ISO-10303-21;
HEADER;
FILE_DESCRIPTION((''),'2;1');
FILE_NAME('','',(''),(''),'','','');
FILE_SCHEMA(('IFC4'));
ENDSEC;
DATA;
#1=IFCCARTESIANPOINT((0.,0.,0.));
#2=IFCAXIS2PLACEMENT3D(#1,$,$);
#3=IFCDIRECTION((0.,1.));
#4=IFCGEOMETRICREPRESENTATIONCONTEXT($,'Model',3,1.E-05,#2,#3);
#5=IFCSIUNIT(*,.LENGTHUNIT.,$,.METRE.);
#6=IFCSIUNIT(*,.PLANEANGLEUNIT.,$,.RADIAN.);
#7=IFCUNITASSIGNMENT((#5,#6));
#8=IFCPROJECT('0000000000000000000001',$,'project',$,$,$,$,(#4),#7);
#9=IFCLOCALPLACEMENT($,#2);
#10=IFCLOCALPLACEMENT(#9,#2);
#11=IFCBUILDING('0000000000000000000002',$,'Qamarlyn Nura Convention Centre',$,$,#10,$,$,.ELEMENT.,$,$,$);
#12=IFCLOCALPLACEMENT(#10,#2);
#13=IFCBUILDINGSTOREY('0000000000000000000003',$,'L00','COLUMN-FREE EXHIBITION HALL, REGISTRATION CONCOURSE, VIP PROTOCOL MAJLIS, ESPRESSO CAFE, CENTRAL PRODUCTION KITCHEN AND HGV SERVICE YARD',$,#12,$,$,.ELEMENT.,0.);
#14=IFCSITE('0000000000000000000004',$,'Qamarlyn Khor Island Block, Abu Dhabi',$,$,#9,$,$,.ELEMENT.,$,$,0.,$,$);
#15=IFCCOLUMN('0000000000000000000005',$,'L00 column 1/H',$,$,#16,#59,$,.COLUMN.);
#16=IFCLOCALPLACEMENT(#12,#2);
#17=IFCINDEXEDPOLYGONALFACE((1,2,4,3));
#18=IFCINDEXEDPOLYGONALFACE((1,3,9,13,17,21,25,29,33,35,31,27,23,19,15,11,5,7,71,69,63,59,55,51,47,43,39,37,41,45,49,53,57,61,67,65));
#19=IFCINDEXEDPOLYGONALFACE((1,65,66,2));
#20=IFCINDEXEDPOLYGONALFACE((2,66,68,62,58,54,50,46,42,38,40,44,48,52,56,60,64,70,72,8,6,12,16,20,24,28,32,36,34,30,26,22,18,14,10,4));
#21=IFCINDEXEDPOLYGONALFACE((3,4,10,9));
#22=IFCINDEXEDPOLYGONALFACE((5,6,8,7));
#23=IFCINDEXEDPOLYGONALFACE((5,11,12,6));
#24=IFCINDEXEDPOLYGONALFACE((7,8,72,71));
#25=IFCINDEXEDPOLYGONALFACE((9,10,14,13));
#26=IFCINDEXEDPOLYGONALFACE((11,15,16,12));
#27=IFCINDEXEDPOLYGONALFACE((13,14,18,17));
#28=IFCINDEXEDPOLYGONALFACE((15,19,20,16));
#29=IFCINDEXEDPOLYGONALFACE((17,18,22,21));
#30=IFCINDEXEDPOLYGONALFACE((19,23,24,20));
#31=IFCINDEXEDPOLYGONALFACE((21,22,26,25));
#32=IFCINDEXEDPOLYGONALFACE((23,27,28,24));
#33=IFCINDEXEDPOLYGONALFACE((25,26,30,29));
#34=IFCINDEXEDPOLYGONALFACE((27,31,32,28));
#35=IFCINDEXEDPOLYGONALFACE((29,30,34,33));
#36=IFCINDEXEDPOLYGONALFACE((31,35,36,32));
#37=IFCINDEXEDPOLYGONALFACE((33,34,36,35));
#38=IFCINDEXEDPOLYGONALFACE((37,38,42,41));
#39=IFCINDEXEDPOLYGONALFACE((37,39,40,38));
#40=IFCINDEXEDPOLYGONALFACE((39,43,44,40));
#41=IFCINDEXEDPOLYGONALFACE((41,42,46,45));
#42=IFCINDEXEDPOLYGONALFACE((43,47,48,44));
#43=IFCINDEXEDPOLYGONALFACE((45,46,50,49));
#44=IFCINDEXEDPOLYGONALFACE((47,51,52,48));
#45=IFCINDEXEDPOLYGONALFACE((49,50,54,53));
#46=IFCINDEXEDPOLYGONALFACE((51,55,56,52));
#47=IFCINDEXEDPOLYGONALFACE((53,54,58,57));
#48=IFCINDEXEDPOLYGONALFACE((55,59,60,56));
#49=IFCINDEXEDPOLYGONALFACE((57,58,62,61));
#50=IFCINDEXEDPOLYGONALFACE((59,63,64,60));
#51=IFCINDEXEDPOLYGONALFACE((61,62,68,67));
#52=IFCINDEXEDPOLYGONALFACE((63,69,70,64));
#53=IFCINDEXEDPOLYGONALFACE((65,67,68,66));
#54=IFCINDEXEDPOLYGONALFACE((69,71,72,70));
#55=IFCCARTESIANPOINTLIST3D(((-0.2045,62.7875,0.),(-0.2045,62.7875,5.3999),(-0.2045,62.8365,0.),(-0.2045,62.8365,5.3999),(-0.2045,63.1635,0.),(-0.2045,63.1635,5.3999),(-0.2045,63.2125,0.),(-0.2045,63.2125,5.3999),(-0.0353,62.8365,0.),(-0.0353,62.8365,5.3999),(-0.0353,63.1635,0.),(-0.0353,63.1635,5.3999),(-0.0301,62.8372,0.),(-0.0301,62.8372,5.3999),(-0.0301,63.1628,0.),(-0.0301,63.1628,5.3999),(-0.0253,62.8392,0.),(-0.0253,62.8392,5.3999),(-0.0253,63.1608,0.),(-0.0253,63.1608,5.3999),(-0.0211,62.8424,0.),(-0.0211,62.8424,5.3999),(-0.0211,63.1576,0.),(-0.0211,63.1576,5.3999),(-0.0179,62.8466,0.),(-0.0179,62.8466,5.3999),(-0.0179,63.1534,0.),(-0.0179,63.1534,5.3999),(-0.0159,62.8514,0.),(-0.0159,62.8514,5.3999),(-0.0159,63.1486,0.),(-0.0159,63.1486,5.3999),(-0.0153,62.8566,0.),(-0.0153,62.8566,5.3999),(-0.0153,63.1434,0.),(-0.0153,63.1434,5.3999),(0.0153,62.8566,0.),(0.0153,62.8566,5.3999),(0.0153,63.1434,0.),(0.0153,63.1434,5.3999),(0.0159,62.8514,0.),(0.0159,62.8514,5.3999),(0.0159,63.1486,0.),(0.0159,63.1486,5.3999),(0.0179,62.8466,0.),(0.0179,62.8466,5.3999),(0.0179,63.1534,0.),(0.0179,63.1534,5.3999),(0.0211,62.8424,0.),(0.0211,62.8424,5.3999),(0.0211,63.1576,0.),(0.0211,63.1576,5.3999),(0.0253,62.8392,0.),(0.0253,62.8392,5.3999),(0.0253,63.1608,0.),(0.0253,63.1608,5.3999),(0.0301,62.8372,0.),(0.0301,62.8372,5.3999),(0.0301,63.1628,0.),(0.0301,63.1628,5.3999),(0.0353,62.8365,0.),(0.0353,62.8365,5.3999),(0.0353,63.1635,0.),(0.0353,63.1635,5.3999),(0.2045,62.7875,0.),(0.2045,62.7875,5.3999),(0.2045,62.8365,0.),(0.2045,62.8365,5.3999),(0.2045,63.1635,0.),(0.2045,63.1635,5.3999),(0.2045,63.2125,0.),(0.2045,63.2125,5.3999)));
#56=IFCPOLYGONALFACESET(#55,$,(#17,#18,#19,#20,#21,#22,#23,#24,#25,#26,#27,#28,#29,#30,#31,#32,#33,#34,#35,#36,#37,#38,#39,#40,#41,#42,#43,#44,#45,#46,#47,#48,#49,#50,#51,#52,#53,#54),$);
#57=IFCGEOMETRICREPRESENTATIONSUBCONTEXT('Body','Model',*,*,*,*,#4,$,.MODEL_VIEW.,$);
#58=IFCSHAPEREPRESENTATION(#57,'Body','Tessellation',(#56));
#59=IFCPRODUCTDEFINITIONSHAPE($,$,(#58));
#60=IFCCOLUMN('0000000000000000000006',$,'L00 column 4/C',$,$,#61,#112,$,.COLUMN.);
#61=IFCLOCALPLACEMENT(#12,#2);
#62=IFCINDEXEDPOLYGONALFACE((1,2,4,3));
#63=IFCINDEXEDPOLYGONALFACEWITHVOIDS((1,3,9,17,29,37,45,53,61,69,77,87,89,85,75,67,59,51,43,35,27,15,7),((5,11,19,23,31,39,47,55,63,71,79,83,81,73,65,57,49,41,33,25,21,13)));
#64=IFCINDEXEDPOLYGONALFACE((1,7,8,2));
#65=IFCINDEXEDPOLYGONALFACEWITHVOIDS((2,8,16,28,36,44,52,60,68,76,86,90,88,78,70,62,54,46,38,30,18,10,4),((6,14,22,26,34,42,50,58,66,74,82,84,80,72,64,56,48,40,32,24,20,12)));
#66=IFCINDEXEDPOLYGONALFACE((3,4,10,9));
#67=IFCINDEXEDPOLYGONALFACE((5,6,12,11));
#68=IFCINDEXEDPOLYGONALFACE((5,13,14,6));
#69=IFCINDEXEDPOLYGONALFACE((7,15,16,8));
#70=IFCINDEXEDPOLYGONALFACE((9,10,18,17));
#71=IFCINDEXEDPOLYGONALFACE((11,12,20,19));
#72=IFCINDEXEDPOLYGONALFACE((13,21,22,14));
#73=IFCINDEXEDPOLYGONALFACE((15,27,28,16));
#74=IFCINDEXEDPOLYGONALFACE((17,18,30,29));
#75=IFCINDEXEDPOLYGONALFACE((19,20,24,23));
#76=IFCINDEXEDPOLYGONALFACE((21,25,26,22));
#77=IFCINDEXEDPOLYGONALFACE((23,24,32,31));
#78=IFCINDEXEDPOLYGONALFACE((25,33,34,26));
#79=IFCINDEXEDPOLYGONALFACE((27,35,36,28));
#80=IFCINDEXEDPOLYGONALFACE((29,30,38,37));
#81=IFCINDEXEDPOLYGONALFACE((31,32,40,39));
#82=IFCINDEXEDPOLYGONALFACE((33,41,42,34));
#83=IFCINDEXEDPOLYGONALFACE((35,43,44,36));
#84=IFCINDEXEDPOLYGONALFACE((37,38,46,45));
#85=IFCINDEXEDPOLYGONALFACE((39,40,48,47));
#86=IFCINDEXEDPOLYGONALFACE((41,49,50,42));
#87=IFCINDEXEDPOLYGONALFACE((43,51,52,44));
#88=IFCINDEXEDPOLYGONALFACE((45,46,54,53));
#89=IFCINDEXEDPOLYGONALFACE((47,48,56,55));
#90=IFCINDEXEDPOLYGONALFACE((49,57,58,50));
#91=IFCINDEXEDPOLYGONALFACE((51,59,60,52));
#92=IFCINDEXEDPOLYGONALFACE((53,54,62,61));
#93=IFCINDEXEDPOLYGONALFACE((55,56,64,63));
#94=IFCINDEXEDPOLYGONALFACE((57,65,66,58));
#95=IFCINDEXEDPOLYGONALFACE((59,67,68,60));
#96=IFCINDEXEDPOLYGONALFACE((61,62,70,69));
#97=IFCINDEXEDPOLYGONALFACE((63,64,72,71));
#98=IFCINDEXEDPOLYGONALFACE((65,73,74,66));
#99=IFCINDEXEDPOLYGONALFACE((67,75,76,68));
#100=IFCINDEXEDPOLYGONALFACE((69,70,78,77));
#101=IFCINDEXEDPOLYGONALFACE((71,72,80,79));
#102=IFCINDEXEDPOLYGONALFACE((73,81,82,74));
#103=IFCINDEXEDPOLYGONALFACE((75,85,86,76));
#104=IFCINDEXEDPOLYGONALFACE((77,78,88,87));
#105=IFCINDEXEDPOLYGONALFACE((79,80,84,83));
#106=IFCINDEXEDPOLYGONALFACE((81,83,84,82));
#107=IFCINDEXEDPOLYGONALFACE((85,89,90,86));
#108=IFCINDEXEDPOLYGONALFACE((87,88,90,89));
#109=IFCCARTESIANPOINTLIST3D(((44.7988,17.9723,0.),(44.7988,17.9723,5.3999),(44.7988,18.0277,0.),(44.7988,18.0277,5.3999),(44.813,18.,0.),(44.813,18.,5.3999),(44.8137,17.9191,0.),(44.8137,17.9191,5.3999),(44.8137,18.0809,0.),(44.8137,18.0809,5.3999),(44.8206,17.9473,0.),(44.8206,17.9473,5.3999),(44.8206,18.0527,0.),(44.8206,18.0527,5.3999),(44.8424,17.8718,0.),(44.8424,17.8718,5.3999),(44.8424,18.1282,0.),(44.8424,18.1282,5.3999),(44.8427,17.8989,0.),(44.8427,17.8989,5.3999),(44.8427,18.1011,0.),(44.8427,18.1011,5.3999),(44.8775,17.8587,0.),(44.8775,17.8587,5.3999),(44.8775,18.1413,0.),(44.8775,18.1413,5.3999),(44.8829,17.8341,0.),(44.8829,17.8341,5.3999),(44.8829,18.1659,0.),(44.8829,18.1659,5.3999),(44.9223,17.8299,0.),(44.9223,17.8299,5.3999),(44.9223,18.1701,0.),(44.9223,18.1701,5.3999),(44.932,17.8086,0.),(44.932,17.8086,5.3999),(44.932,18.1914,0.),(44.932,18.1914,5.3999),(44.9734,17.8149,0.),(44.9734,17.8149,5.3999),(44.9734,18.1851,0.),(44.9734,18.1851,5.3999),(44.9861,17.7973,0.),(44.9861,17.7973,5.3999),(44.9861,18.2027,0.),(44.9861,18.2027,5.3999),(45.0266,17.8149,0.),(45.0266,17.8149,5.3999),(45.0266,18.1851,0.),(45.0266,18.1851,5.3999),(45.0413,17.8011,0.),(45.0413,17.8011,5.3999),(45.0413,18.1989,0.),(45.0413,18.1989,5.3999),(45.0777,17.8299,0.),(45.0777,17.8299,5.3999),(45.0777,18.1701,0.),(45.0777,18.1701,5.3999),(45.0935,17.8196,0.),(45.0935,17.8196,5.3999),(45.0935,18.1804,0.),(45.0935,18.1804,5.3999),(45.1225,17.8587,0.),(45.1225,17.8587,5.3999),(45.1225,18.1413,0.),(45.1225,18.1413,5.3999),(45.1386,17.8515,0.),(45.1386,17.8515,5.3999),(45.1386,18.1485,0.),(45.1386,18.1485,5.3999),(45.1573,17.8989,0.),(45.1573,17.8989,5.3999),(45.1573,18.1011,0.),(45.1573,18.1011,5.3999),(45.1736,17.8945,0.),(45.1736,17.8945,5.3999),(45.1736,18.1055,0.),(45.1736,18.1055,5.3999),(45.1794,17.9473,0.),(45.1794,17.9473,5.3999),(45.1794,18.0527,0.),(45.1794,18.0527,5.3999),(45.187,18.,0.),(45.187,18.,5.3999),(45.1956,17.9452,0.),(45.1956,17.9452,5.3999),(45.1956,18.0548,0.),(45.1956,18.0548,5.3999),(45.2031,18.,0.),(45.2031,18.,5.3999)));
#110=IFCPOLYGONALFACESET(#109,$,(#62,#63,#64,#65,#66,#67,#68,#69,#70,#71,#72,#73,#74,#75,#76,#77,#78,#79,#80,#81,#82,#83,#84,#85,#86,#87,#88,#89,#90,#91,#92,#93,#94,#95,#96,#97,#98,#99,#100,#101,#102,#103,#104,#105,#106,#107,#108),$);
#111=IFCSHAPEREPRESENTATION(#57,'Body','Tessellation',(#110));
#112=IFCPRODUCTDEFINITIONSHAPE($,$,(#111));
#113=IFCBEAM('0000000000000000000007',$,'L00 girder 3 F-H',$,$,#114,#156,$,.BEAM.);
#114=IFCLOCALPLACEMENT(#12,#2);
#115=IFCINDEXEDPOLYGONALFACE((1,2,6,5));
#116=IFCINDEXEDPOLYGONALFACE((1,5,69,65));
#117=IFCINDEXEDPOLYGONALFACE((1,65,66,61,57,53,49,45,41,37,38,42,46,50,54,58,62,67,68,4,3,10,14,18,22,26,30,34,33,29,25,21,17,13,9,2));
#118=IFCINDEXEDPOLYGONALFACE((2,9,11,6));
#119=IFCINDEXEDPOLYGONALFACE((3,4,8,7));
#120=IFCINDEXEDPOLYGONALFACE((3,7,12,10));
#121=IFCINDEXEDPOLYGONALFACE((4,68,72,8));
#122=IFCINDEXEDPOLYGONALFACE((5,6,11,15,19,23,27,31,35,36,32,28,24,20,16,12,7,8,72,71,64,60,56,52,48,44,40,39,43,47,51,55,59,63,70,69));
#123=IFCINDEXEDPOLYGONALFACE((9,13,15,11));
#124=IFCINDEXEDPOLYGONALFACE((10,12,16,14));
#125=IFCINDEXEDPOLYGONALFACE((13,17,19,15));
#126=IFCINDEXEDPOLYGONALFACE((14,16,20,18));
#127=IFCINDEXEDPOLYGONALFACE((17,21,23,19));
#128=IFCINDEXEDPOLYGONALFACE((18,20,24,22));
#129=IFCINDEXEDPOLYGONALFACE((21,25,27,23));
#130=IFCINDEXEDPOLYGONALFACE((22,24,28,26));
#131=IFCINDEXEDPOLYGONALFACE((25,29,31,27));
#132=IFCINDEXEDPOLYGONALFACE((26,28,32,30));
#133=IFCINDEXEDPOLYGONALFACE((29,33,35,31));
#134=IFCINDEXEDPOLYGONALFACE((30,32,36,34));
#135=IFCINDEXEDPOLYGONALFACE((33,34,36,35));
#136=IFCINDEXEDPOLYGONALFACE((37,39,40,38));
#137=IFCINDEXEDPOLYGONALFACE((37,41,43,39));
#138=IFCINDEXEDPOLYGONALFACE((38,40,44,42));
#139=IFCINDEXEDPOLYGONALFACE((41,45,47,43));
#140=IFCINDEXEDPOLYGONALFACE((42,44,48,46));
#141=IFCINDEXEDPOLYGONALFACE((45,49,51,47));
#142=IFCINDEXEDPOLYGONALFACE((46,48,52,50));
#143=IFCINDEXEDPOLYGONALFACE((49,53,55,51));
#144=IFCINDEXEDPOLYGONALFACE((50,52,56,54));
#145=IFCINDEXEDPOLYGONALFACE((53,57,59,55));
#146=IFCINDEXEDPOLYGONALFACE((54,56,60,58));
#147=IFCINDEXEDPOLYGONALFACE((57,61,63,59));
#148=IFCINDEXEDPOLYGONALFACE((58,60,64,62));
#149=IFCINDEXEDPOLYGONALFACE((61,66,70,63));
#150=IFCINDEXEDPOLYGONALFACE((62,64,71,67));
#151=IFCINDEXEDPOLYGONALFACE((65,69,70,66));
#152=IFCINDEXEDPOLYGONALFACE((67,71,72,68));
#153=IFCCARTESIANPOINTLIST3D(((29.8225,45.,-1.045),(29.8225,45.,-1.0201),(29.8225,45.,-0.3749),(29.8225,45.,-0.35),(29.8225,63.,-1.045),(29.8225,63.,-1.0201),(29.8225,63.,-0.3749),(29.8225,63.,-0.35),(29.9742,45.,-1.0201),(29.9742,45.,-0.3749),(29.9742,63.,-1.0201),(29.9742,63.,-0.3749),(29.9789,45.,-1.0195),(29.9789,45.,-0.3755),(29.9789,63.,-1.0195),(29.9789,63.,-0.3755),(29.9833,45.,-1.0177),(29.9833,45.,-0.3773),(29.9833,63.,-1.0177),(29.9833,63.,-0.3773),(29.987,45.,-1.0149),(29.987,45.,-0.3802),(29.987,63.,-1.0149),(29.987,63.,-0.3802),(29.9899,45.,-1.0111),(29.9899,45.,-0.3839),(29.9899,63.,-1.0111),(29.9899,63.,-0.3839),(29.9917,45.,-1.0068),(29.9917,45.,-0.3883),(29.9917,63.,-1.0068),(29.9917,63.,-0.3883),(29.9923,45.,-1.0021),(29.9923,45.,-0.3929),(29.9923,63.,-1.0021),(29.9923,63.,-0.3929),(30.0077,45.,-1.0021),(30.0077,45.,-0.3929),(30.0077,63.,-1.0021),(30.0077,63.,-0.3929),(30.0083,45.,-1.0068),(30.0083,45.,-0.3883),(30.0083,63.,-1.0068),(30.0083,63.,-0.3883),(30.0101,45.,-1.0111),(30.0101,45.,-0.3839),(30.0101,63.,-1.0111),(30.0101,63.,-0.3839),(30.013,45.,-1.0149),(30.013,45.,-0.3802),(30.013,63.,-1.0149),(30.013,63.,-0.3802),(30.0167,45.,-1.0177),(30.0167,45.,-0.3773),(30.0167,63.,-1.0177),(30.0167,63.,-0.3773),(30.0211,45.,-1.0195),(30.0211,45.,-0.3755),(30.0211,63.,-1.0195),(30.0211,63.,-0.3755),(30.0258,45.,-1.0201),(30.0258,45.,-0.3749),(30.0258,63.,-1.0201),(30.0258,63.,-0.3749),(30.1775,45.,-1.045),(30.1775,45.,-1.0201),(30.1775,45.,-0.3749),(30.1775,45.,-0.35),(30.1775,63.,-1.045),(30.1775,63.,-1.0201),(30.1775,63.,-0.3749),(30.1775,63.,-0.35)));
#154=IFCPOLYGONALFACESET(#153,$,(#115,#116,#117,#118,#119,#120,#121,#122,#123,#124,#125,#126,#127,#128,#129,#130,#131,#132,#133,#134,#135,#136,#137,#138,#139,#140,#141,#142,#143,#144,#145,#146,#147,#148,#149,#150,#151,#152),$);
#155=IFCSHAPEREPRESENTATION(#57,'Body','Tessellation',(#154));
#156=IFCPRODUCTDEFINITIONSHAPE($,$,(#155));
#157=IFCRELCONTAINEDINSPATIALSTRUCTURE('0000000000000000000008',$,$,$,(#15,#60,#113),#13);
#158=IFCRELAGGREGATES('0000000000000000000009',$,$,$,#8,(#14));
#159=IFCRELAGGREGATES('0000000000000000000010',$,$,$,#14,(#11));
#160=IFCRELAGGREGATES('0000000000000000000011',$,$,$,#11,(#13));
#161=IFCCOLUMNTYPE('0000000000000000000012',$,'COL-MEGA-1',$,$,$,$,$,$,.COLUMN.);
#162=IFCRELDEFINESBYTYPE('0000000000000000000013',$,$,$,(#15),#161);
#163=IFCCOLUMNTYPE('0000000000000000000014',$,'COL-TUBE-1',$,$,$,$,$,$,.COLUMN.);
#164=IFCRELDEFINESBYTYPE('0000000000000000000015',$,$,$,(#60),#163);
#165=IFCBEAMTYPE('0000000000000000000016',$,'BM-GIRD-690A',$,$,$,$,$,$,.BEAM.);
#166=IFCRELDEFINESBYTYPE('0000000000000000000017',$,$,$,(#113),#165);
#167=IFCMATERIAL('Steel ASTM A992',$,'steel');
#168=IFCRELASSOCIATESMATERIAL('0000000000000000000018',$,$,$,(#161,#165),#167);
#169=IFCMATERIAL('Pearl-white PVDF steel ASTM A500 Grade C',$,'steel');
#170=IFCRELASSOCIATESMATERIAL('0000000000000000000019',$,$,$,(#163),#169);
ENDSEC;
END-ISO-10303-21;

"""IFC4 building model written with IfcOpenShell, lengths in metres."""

from ifc_helpers import new_model, si_unit, direction, frame, origin, origin_2d, place, context, subcontext, project, spatial, hollow_circle, i_section, extrude, material, material_profile, profile_set, type_object, element, save


model = new_model("IFC4")

# Units and contexts
model_context = context("Model", 3, precision=1e-05, world=origin(), true_north=direction((0.0, 1.0)))
body_context = subcontext(model_context, "Body", "Model", "MODEL_VIEW")
ifc_project = project(units=[si_unit("LENGTHUNIT", "METRE"), si_unit("PLANEANGLEUNIT", "RADIAN")], contexts=[model_context])

# Site, building, storey
site_placement = place(None, origin())
site = spatial("IfcSite", under=ifc_project, at=site_placement, Name="Qamarlyn Khor Island Block, Abu Dhabi", CompositionType="ELEMENT", RefElevation=0.0)
building_placement = place(site_placement, origin())
building = spatial("IfcBuilding", under=site, at=building_placement, Name="Qamarlyn Nura Convention Centre", CompositionType="ELEMENT")
storey_placement = place(building_placement, origin())
storey = spatial("IfcBuildingStorey", under=building, at=storey_placement, Name="L00", Description="COLUMN-FREE EXHIBITION HALL, REGISTRATION CONCOURSE, VIP PROTOCOL MAJLIS, ESPRESSO CAFE, CENTRAL PRODUCTION KITCHEN AND HGV SERVICE YARD", CompositionType="ELEMENT", Elevation=0.0)

# Columns
ifc_material_1 = material(Name="Steel ASTM A992", Category="steel")
ifc_material_profile_1 = material_profile(ifc_material_1, i_section(OverallWidth=0.4089, OverallDepth=0.425, WebThickness=0.0305, FlangeThickness=0.0491, FilletRadius=0.02, at=origin_2d()), Name="W360X421")
ifc_profile_set_1 = profile_set([ifc_material_profile_1], Name="Steel ASTM A992")
column_type_1 = type_object("IfcColumnType", Name="COL-MEGA-1", PredefinedType="COLUMN", material=ifc_profile_set_1)
column_1_placement = place(storey_placement, frame((0.0, 63.0, 0.0), z_axis=(0.0, 0.0, 1.0), x_axis=(1.0, 0.0, 0.0)))
element("IfcColumn", 1, at=column_1_placement, inside=storey, type_object=column_type_1, Name="L00 column 1/H", PredefinedType="COLUMN", context=body_context, shape_type="SweptSolid", body=[
    extrude(i_section(OverallWidth=0.4089, OverallDepth=0.425, WebThickness=0.0305, FlangeThickness=0.0491, FilletRadius=0.02, at=origin_2d()), origin(), (0.0, 0.0, 1.0), 5.3999),
])
ifc_material_2 = material(Name="Pearl-white PVDF steel ASTM A500 Grade C", Category="steel")
ifc_material_profile_2 = material_profile(ifc_material_2, hollow_circle(Radius=0.2031, WallThickness=0.0161, at=origin_2d()), Name="CHS406.4X16")
ifc_profile_set_2 = profile_set([ifc_material_profile_2], Name="Pearl-white PVDF steel ASTM A500 Grade C")
column_type_2 = type_object("IfcColumnType", Name="COL-TUBE-1", PredefinedType="COLUMN", material=ifc_profile_set_2)
column_2_placement = place(storey_placement, frame((45.0, 18.0, 0.0), z_axis=(0.0, 0.0, 1.0), x_axis=(1.0, 0.0, 0.0)))
element("IfcColumn", 2, at=column_2_placement, inside=storey, type_object=column_type_2, Name="L00 column 4/C", PredefinedType="COLUMN", context=body_context, shape_type="SweptSolid", body=[
    extrude(hollow_circle(Radius=0.2031, WallThickness=0.0161, at=origin_2d()), origin(), (0.0, 0.0, 1.0), 5.3999),
])

# Beam
ifc_material_profile_3 = material_profile(ifc_material_1, i_section(OverallWidth=0.355, OverallDepth=0.6951, WebThickness=0.0154, FlangeThickness=0.0249, FilletRadius=0.0181, at=origin_2d()), Name="W690X217")
ifc_profile_set_3 = profile_set([ifc_material_profile_3], Name="Steel ASTM A992")
beam_type_1 = type_object("IfcBeamType", Name="BM-GIRD-690A", PredefinedType="BEAM", material=ifc_profile_set_3)
beam_1_placement = place(storey_placement, frame((30.0, 45.0, -0.6975), z_axis=(0.0, 1.0, 0.0), x_axis=(-1.0, 0.0, 0.0)))
element("IfcBeam", 3, at=beam_1_placement, inside=storey, type_object=beam_type_1, Name="L00 girder 3 F-H", PredefinedType="BEAM", context=body_context, shape_type="SweptSolid", body=[
    extrude(i_section(OverallWidth=0.355, OverallDepth=0.6951, WebThickness=0.0154, FlangeThickness=0.0249, FilletRadius=0.0181, at=origin_2d()), origin(), (0.0, 0.0, 1.0), 18.0),
])

save(model, "model.ifc")
